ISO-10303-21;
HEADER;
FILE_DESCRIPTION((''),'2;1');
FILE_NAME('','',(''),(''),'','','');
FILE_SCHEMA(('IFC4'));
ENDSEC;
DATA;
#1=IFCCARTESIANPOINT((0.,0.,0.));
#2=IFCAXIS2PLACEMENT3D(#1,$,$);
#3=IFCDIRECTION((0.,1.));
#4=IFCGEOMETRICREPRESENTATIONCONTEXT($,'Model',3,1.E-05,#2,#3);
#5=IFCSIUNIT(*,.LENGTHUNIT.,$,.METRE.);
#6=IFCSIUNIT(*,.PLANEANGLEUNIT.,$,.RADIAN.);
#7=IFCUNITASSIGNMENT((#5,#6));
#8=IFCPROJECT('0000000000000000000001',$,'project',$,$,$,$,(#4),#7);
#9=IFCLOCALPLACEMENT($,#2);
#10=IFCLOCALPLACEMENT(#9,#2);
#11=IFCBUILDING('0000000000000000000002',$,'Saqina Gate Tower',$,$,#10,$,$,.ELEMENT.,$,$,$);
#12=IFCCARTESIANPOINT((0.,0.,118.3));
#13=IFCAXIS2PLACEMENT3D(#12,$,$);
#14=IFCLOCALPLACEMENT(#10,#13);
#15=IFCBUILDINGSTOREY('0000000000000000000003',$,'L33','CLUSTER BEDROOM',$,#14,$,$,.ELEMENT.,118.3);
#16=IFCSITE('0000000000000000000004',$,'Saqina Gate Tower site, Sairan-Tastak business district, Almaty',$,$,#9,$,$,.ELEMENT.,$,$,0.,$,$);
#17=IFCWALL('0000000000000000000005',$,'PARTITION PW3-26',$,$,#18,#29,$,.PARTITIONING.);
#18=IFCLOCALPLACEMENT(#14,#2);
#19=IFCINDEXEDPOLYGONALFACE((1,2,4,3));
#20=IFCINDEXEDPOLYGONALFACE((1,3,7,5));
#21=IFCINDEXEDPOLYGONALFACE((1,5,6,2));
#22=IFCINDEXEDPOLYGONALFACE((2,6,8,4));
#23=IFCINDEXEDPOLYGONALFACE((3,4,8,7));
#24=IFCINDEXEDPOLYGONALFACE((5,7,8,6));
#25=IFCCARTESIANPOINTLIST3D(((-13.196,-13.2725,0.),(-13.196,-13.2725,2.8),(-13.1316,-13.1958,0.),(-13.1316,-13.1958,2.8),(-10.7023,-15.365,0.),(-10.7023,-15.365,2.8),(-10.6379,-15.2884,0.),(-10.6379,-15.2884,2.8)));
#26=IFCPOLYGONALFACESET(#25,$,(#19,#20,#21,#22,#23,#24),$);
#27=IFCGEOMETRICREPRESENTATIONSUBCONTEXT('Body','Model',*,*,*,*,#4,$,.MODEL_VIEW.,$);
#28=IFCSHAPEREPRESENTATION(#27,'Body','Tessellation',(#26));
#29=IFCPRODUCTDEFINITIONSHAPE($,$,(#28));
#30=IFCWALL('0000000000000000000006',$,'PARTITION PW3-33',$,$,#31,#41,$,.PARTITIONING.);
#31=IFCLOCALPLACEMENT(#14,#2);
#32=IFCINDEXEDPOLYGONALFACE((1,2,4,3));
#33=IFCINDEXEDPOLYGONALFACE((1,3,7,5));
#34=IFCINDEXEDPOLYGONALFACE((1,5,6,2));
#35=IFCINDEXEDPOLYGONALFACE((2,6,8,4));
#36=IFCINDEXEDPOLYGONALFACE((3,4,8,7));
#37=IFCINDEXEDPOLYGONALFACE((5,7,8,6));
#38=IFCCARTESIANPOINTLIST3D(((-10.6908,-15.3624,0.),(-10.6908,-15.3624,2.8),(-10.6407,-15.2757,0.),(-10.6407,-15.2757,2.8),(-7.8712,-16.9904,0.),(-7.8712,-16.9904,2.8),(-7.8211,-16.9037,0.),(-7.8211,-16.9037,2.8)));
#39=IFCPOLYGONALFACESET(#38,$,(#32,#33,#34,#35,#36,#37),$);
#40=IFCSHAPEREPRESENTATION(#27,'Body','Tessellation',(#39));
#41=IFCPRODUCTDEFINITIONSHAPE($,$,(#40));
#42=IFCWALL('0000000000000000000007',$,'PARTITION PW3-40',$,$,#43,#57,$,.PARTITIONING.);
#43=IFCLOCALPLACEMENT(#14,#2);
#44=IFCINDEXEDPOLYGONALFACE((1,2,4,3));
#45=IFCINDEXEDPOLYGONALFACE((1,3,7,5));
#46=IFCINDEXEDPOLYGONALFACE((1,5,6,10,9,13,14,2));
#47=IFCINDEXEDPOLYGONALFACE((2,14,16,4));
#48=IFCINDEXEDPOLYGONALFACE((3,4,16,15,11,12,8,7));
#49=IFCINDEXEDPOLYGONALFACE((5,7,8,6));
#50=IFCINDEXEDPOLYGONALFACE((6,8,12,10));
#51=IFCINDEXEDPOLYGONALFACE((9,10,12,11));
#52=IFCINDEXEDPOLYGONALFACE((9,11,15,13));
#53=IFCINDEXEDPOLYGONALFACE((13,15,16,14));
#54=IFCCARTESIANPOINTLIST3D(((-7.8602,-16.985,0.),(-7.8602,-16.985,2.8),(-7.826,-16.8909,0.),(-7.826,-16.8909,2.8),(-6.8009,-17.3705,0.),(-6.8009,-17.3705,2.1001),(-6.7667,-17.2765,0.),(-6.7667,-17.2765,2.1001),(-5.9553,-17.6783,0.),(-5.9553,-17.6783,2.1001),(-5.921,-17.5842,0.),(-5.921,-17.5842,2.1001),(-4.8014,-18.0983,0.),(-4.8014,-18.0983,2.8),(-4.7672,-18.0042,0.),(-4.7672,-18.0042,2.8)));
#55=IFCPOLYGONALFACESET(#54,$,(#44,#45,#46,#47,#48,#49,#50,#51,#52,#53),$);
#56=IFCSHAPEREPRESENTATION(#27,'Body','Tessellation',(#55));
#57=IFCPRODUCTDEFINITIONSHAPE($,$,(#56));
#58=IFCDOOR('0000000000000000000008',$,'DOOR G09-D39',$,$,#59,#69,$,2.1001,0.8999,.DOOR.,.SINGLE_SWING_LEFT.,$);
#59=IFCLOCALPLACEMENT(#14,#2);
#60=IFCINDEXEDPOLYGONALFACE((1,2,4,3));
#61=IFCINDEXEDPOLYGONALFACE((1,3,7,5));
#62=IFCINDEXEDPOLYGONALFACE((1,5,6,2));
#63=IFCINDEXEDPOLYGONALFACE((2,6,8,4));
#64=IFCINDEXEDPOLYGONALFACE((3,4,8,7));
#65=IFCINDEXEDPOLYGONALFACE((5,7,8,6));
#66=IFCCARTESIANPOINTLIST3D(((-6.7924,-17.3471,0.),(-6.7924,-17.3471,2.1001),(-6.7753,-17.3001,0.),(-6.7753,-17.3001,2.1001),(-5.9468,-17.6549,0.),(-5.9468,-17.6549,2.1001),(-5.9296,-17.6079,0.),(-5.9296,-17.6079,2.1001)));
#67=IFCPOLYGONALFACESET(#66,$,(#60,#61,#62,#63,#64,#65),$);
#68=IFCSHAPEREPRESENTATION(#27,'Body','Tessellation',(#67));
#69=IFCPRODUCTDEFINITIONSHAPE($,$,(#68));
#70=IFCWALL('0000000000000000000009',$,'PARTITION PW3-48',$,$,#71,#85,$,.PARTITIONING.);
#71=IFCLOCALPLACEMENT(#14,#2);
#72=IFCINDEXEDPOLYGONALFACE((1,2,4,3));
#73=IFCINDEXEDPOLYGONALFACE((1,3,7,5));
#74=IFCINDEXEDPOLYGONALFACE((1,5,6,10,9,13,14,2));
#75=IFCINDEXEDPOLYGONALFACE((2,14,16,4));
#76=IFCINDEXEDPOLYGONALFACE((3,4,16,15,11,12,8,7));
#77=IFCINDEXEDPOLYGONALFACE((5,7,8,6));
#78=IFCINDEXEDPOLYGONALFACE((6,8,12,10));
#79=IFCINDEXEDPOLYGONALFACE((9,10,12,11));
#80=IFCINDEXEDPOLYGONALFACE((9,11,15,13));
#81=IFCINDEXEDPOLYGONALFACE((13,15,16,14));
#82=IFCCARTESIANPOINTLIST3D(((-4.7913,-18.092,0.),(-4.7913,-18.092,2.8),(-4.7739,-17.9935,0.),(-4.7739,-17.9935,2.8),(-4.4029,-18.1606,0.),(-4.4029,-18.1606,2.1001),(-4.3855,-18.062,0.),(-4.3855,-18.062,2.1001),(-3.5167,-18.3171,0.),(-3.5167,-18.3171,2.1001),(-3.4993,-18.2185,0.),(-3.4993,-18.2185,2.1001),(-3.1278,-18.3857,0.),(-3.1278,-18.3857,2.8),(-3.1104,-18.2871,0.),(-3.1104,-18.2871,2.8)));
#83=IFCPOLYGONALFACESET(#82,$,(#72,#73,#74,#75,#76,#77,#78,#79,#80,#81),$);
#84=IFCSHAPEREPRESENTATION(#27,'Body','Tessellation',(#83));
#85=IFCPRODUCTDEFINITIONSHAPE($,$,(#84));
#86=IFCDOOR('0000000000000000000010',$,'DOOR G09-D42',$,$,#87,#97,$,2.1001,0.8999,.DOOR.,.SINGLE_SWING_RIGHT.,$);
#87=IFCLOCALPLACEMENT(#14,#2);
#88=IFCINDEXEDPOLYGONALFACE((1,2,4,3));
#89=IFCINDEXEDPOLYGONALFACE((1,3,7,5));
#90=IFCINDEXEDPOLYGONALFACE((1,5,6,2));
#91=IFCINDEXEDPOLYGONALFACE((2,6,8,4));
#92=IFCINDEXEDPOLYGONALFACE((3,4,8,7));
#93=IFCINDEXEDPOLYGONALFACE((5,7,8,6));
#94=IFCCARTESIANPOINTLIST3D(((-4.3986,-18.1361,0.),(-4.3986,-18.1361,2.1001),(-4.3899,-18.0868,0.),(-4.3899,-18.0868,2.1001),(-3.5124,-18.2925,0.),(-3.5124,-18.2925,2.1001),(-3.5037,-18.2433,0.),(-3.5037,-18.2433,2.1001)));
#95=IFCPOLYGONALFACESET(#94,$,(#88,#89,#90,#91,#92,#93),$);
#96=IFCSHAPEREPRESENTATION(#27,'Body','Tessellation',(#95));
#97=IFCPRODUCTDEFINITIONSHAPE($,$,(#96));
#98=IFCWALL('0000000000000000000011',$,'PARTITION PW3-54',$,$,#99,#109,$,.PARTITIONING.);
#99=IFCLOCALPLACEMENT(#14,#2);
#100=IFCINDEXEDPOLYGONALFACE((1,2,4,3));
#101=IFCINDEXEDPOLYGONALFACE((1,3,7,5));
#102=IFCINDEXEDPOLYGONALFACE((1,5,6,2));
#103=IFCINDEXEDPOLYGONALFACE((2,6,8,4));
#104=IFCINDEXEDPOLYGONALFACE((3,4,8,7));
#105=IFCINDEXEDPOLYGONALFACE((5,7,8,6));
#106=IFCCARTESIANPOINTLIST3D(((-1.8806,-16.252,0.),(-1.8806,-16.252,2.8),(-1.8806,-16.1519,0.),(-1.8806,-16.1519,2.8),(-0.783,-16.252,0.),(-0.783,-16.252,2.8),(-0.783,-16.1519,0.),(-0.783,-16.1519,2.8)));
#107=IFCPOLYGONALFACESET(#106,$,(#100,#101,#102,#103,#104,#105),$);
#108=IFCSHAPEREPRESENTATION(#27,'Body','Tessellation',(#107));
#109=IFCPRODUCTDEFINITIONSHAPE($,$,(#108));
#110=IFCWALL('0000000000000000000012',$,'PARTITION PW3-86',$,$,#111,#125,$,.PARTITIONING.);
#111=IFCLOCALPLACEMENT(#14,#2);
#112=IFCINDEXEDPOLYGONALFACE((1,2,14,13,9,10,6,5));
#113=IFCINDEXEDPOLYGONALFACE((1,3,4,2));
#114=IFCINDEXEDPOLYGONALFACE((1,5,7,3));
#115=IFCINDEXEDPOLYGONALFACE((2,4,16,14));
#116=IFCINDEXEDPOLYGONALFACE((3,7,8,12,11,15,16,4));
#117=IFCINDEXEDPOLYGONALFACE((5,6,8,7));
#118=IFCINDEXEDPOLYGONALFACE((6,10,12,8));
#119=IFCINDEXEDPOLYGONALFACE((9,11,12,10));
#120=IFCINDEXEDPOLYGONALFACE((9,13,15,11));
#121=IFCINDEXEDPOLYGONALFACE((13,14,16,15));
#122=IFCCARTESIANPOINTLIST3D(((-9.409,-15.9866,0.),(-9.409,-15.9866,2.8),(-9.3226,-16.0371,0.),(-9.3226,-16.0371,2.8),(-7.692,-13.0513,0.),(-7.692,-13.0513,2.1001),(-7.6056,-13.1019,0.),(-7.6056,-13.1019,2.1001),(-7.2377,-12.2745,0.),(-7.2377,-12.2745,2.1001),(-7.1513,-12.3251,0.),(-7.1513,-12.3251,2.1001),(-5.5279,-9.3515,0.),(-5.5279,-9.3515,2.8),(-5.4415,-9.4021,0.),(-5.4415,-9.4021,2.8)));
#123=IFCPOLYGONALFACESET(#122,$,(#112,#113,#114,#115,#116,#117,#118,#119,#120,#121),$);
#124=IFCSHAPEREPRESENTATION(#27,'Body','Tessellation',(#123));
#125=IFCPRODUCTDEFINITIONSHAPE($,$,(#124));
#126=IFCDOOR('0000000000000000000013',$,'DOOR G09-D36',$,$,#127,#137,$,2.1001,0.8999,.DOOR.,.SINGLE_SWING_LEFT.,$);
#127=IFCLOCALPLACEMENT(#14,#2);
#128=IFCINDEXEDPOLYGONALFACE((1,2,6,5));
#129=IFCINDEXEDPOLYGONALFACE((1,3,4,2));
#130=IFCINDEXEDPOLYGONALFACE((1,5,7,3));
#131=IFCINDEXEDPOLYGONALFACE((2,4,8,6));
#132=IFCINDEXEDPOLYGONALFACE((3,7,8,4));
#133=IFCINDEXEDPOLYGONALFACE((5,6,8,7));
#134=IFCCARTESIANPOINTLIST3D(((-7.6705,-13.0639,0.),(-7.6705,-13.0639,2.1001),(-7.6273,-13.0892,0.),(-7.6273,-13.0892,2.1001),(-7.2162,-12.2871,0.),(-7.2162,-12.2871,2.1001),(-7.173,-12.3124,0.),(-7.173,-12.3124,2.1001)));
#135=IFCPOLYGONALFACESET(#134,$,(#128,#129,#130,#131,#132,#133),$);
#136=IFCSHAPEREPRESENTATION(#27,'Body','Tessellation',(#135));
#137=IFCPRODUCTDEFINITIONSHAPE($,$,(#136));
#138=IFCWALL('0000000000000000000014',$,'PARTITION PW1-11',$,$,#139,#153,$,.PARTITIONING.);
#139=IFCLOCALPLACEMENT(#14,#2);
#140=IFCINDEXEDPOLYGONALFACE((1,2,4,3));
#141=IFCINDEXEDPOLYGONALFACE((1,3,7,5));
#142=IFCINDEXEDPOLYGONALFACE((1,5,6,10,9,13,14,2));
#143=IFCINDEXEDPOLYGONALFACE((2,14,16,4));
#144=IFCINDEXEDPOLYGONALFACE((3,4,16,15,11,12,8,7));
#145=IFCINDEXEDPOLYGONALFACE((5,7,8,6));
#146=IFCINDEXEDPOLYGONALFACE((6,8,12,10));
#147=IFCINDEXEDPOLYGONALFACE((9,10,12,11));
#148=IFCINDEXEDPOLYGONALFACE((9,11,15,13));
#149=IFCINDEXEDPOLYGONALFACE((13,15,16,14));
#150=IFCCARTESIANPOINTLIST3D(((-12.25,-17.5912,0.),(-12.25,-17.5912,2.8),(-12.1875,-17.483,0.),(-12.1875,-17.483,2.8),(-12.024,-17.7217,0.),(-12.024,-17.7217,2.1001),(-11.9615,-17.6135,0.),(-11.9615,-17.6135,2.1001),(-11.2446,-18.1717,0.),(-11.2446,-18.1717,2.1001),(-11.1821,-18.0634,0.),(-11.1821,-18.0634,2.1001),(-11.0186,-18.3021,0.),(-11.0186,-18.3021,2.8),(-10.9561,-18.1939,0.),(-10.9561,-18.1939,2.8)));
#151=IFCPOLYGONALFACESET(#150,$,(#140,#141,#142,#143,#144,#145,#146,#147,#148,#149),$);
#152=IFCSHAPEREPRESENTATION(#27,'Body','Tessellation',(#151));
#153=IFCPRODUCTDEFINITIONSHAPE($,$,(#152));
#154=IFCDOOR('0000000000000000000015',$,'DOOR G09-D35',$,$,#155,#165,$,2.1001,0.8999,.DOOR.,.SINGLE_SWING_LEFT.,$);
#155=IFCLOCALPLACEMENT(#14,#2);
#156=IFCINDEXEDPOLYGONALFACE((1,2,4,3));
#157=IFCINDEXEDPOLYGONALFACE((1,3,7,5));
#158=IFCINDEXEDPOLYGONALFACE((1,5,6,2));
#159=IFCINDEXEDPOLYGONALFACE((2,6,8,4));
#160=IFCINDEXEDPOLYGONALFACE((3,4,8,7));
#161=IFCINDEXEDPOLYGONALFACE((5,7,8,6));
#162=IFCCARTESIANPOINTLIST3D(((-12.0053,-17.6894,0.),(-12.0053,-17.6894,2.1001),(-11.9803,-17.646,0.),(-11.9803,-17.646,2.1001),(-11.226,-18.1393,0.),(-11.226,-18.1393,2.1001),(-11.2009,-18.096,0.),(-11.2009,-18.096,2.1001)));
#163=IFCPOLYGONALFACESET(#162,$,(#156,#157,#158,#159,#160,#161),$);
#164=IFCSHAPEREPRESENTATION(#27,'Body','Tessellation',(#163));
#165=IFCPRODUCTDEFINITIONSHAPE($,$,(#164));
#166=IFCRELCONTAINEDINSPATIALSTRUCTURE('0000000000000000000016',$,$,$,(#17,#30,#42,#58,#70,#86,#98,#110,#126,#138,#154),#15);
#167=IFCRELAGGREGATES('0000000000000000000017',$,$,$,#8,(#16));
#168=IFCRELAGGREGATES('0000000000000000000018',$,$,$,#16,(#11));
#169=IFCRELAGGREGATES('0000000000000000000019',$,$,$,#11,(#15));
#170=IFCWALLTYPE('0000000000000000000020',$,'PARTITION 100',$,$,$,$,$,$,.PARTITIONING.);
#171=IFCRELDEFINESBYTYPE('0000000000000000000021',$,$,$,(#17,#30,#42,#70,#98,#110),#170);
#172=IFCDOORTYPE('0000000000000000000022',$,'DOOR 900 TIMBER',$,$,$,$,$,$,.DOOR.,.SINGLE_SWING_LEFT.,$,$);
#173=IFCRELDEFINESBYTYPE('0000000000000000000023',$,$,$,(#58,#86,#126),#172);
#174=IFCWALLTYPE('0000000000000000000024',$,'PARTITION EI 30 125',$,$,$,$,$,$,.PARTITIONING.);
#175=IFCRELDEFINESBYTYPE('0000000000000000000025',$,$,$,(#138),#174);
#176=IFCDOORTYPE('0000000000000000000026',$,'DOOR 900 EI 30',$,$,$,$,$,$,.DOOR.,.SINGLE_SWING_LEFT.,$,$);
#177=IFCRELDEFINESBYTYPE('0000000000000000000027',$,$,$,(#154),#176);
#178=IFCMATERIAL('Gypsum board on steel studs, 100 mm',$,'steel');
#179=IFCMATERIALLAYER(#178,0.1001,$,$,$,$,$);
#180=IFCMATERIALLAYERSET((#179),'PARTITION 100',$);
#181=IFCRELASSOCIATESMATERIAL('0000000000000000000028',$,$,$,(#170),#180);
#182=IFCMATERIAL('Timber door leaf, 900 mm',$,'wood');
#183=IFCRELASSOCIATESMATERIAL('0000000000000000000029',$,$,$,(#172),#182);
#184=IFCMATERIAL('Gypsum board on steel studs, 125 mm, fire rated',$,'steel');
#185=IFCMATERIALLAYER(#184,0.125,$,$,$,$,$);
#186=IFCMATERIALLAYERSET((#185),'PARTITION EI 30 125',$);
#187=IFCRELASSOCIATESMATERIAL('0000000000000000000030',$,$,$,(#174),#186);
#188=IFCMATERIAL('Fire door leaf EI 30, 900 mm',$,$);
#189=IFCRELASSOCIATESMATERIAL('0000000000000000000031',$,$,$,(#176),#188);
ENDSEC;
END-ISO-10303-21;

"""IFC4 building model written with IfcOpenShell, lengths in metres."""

from ifc_helpers import new_model, si_unit, direction, frame, frame_2d, origin, place, context, subcontext, project, spatial, rectangle, extrude, material, layer, layer_set, type_object, element, fill, save


model = new_model("IFC4")

# Units and contexts
model_context = context("Model", 3, precision=1e-05, world=origin(), true_north=direction((0.0, 1.0)))
body_context = subcontext(model_context, "Body", "Model", "MODEL_VIEW")
ifc_project = project(units=[si_unit("LENGTHUNIT", "METRE"), si_unit("PLANEANGLEUNIT", "RADIAN")], contexts=[model_context])

# Site, building, storey
site_placement = place(None, origin())
site = spatial("IfcSite", under=ifc_project, at=site_placement, Name="Saqina Gate Tower site, Sairan-Tastak business district, Almaty", CompositionType="ELEMENT", RefElevation=0.0)
building_placement = place(site_placement, origin())
building = spatial("IfcBuilding", under=site, at=building_placement, Name="Saqina Gate Tower", CompositionType="ELEMENT")
storey_placement = place(building_placement, frame((0.0, 0.0, 118.3)))
storey = spatial("IfcBuildingStorey", under=building, at=storey_placement, Name="L33", Description="CLUSTER BEDROOM", CompositionType="ELEMENT", Elevation=118.3)

# Walls
ifc_material_1 = material(Name="Gypsum board on steel studs, 100 mm", Category="steel")
ifc_layer_1 = layer(ifc_material_1, 0.1001)
ifc_layer_set_1 = layer_set([ifc_layer_1], Name="PARTITION 100")
wall_type_1 = type_object("IfcWallType", Name="PARTITION 100", PredefinedType="PARTITIONING", material=ifc_layer_set_1)
wall_1_placement = place(storey_placement, frame((-13.1638, -13.2341, 0.0), z_axis=(0.0, 0.0, 1.0), x_axis=(0.766028, -0.642807, 0.0)))
element("IfcWall", 1, at=wall_1_placement, inside=storey, type_object=wall_type_1, Name="PARTITION PW3-26", PredefinedType="PARTITIONING", context=body_context, shape_type="SweptSolid", body=[
    extrude(rectangle(XDim=3.2554, YDim=0.1001, at=frame_2d((1.6277, 0.0))), origin(), (0.0, 0.0, 1.0), 2.8),
])
wall_2_placement = place(storey_placement, frame((-10.6658, -15.3191, 0.0), z_axis=(0.0, 0.0, 1.0), x_axis=(0.86602, -0.50001, 0.0)))
element("IfcWall", 2, at=wall_2_placement, inside=storey, type_object=wall_type_1, Name="PARTITION PW3-33", PredefinedType="PARTITIONING", context=body_context, shape_type="SweptSolid", body=[
    extrude(rectangle(XDim=3.2559, YDim=0.1001, at=frame_2d((1.6279, 0.0))), origin(), (0.0, 0.0, 1.0), 2.8),
])

# Walls, openings, doors
wall_3_placement = place(storey_placement, frame((-7.843, -16.938, 0.0), z_axis=(0.0, 0.0, 1.0), x_axis=(0.939697, -0.342008, 0.0)))
wall_3 = element("IfcWall", 3, at=wall_3_placement, inside=storey, type_object=wall_type_1, Name="PARTITION PW3-40", PredefinedType="PARTITIONING", context=body_context, shape_type="SweptSolid", body=[
    extrude(rectangle(XDim=3.2551, YDim=0.1001, at=frame_2d((1.6274, 0.0))), origin(), (0.0, 0.0, 1.0), 2.8),
])
opening_1_placement = place(wall_3_placement, frame((1.1272, 0.0, 0.0)))
opening_1 = element("IfcOpeningElement", 4, at=opening_1_placement, cuts=wall_3, PredefinedType="OPENING", context=body_context, shape_type="SweptSolid", body=[
    extrude(rectangle(XDim=0.8999, YDim=2.1001, at=frame_2d((0.45, 1.05))), frame((0.0, 0.062, 0.0), z_axis=(0.0, -1.0, 0.0), x_axis=(1.0, 0.0, 0.0)), (0.0, 0.0, 1.0), 0.124),
])
ifc_material_2 = material(Name="Timber door leaf, 900 mm", Category="wood")
door_type_1 = type_object("IfcDoorType", Name="DOOR 900 TIMBER", OperationType="SINGLE_SWING_LEFT", PredefinedType="DOOR", material=ifc_material_2)
door_1_placement = place(opening_1_placement, origin())
door_1 = element("IfcDoor", 5, at=door_1_placement, inside=storey, type_object=door_type_1, Name="DOOR G09-D39", OperationType="SINGLE_SWING_LEFT", OverallHeight=2.1001, OverallWidth=0.8999, PredefinedType="DOOR", context=body_context, shape_type="SweptSolid", body=[
    extrude(rectangle(XDim=0.8999, YDim=2.1001, at=frame_2d((0.45, 1.05))), frame((0.0, 0.0249, 0.0), z_axis=(0.0, -1.0, 0.0), x_axis=(1.0, 0.0, 0.0)), (0.0, 0.0, 1.0), 0.05),
])
fill(opening_1, door_1)
wall_4_placement = place(storey_placement, frame((-4.7827, -18.0427, 0.0), z_axis=(0.0, 0.0, 1.0), x_axis=(0.98477, -0.17386, 0.0)))
wall_4 = element("IfcWall", 6, at=wall_4_placement, inside=storey, type_object=wall_type_1, Name="PARTITION PW3-48", PredefinedType="PARTITIONING", context=body_context, shape_type="SweptSolid", body=[
    extrude(rectangle(XDim=1.6892, YDim=0.1001, at=frame_2d((0.8447, 0.0))), origin(), (0.0, 0.0, 1.0), 2.8),
])
opening_2_placement = place(wall_4_placement, frame((0.3945, 0.0, 0.0)))
opening_2 = element("IfcOpeningElement", 7, at=opening_2_placement, cuts=wall_4, PredefinedType="OPENING", context=body_context, shape_type="SweptSolid", body=[
    extrude(rectangle(XDim=0.8999, YDim=2.1001, at=frame_2d((0.45, 1.05))), frame((0.0, 0.062, 0.0), z_axis=(0.0, -1.0, 0.0), x_axis=(1.0, 0.0, 0.0)), (0.0, 0.0, 1.0), 0.124),
])
door_2_placement = place(opening_2_placement, origin())
door_2 = element("IfcDoor", 8, at=door_2_placement, inside=storey, type_object=door_type_1, Name="DOOR G09-D42", OperationType="SINGLE_SWING_RIGHT", OverallHeight=2.1001, OverallWidth=0.8999, PredefinedType="DOOR", context=body_context, shape_type="SweptSolid", body=[
    extrude(rectangle(XDim=0.8999, YDim=2.1001, at=frame_2d((0.45, 1.05))), frame((0.0, 0.0249, 0.0), z_axis=(0.0, -1.0, 0.0), x_axis=(1.0, 0.0, 0.0)), (0.0, 0.0, 1.0), 0.05),
])
fill(opening_2, door_2)

# Wall
wall_5_placement = place(storey_placement, frame((-1.8806, -16.2019, 0.0), z_axis=(0.0, 0.0, 1.0), x_axis=(1.0, 0.0, 0.0)))
element("IfcWall", 9, at=wall_5_placement, inside=storey, type_object=wall_type_1, Name="PARTITION PW3-54", PredefinedType="PARTITIONING", context=body_context, shape_type="SweptSolid", body=[
    extrude(rectangle(XDim=1.0977, YDim=0.1001, at=frame_2d((0.5488, 0.0))), origin(), (0.0, 0.0, 1.0), 2.8),
])

# Walls, openings, doors
wall_6_placement = place(storey_placement, frame((-9.3657, -16.0117, 0.0), z_axis=(0.0, 0.0, 1.0), x_axis=(0.504907, 0.863173, 0.0)))
wall_6 = element("IfcWall", 10, at=wall_6_placement, inside=storey, type_object=wall_type_1, Name="PARTITION PW3-86", PredefinedType="PARTITIONING", context=body_context, shape_type="SweptSolid", body=[
    extrude(rectangle(XDim=7.6868, YDim=0.1001, at=frame_2d((3.8433, 0.0))), origin(), (0.0, 0.0, 1.0), 2.8),
])
opening_3_placement = place(wall_6_placement, frame((3.4004, 0.0, 0.0)))
opening_3 = element("IfcOpeningElement", 11, at=opening_3_placement, cuts=wall_6, PredefinedType="OPENING", context=body_context, shape_type="SweptSolid", body=[
    extrude(rectangle(XDim=0.8999, YDim=2.1001, at=frame_2d((0.45, 1.05))), frame((0.0, 0.062, 0.0), z_axis=(0.0, -1.0, 0.0), x_axis=(1.0, 0.0, 0.0)), (0.0, 0.0, 1.0), 0.124),
])
door_3_placement = place(opening_3_placement, frame((0.8999, 0.0, 0.0), z_axis=(0.0, 0.0, 1.0), x_axis=(-1.0, 0.0, 0.0)))
door_3 = element("IfcDoor", 12, at=door_3_placement, inside=storey, type_object=door_type_1, Name="DOOR G09-D36", OperationType="SINGLE_SWING_LEFT", OverallHeight=2.1001, OverallWidth=0.8999, PredefinedType="DOOR", context=body_context, shape_type="SweptSolid", body=[
    extrude(rectangle(XDim=0.8999, YDim=2.1001, at=frame_2d((0.45, 1.05))), frame((0.0, 0.0249, 0.0), z_axis=(0.0, -1.0, 0.0), x_axis=(1.0, 0.0, 0.0)), (0.0, 0.0, 1.0), 0.05),
])
fill(opening_3, door_3)
ifc_material_3 = material(Name="Gypsum board on steel studs, 125 mm, fire rated", Category="steel")
ifc_layer_2 = layer(ifc_material_3, 0.125)
ifc_layer_set_2 = layer_set([ifc_layer_2], Name="PARTITION EI 30 125")
wall_type_2 = type_object("IfcWallType", Name="PARTITION EI 30 125", PredefinedType="PARTITIONING", material=ifc_layer_set_2)
wall_7_placement = place(storey_placement, frame((-12.2188, -17.5371, 0.0), z_axis=(0.0, 0.0, 1.0), x_axis=(0.866037, -0.49998, 0.0)))
wall_7 = element("IfcWall", 13, at=wall_7_placement, inside=storey, type_object=wall_type_2, Name="PARTITION PW1-11", PredefinedType="PARTITIONING", context=body_context, shape_type="SweptSolid", body=[
    extrude(rectangle(XDim=1.4219, YDim=0.125, at=frame_2d((0.7109, 0.0))), origin(), (0.0, 0.0, 1.0), 2.8),
])
opening_4_placement = place(wall_7_placement, frame((0.261, 0.0, 0.0)))
opening_4 = element("IfcOpeningElement", 14, at=opening_4_placement, cuts=wall_7, PredefinedType="OPENING", context=body_context, shape_type="SweptSolid", body=[
    extrude(rectangle(XDim=0.8999, YDim=2.1001, at=frame_2d((0.45, 1.05))), frame((0.0, 0.0745, 0.0), z_axis=(0.0, -1.0, 0.0), x_axis=(1.0, 0.0, 0.0)), (0.0, 0.0, 1.0), 0.1489),
])
ifc_material_4 = material(Name="Fire door leaf EI 30, 900 mm")
door_type_2 = type_object("IfcDoorType", Name="DOOR 900 EI 30", OperationType="SINGLE_SWING_LEFT", PredefinedType="DOOR", material=ifc_material_4)
door_4_placement = place(opening_4_placement, origin())
door_4 = element("IfcDoor", 15, at=door_4_placement, inside=storey, type_object=door_type_2, Name="DOOR G09-D35", OperationType="SINGLE_SWING_LEFT", OverallHeight=2.1001, OverallWidth=0.8999, PredefinedType="DOOR", context=body_context, shape_type="SweptSolid", body=[
    extrude(rectangle(XDim=0.8999, YDim=2.1001, at=frame_2d((0.45, 1.05))), frame((0.0, 0.0249, 0.0), z_axis=(0.0, -1.0, 0.0), x_axis=(1.0, 0.0, 0.0)), (0.0, 0.0, 1.0), 0.05),
])
fill(opening_4, door_4)

save(model, "model.ifc")
